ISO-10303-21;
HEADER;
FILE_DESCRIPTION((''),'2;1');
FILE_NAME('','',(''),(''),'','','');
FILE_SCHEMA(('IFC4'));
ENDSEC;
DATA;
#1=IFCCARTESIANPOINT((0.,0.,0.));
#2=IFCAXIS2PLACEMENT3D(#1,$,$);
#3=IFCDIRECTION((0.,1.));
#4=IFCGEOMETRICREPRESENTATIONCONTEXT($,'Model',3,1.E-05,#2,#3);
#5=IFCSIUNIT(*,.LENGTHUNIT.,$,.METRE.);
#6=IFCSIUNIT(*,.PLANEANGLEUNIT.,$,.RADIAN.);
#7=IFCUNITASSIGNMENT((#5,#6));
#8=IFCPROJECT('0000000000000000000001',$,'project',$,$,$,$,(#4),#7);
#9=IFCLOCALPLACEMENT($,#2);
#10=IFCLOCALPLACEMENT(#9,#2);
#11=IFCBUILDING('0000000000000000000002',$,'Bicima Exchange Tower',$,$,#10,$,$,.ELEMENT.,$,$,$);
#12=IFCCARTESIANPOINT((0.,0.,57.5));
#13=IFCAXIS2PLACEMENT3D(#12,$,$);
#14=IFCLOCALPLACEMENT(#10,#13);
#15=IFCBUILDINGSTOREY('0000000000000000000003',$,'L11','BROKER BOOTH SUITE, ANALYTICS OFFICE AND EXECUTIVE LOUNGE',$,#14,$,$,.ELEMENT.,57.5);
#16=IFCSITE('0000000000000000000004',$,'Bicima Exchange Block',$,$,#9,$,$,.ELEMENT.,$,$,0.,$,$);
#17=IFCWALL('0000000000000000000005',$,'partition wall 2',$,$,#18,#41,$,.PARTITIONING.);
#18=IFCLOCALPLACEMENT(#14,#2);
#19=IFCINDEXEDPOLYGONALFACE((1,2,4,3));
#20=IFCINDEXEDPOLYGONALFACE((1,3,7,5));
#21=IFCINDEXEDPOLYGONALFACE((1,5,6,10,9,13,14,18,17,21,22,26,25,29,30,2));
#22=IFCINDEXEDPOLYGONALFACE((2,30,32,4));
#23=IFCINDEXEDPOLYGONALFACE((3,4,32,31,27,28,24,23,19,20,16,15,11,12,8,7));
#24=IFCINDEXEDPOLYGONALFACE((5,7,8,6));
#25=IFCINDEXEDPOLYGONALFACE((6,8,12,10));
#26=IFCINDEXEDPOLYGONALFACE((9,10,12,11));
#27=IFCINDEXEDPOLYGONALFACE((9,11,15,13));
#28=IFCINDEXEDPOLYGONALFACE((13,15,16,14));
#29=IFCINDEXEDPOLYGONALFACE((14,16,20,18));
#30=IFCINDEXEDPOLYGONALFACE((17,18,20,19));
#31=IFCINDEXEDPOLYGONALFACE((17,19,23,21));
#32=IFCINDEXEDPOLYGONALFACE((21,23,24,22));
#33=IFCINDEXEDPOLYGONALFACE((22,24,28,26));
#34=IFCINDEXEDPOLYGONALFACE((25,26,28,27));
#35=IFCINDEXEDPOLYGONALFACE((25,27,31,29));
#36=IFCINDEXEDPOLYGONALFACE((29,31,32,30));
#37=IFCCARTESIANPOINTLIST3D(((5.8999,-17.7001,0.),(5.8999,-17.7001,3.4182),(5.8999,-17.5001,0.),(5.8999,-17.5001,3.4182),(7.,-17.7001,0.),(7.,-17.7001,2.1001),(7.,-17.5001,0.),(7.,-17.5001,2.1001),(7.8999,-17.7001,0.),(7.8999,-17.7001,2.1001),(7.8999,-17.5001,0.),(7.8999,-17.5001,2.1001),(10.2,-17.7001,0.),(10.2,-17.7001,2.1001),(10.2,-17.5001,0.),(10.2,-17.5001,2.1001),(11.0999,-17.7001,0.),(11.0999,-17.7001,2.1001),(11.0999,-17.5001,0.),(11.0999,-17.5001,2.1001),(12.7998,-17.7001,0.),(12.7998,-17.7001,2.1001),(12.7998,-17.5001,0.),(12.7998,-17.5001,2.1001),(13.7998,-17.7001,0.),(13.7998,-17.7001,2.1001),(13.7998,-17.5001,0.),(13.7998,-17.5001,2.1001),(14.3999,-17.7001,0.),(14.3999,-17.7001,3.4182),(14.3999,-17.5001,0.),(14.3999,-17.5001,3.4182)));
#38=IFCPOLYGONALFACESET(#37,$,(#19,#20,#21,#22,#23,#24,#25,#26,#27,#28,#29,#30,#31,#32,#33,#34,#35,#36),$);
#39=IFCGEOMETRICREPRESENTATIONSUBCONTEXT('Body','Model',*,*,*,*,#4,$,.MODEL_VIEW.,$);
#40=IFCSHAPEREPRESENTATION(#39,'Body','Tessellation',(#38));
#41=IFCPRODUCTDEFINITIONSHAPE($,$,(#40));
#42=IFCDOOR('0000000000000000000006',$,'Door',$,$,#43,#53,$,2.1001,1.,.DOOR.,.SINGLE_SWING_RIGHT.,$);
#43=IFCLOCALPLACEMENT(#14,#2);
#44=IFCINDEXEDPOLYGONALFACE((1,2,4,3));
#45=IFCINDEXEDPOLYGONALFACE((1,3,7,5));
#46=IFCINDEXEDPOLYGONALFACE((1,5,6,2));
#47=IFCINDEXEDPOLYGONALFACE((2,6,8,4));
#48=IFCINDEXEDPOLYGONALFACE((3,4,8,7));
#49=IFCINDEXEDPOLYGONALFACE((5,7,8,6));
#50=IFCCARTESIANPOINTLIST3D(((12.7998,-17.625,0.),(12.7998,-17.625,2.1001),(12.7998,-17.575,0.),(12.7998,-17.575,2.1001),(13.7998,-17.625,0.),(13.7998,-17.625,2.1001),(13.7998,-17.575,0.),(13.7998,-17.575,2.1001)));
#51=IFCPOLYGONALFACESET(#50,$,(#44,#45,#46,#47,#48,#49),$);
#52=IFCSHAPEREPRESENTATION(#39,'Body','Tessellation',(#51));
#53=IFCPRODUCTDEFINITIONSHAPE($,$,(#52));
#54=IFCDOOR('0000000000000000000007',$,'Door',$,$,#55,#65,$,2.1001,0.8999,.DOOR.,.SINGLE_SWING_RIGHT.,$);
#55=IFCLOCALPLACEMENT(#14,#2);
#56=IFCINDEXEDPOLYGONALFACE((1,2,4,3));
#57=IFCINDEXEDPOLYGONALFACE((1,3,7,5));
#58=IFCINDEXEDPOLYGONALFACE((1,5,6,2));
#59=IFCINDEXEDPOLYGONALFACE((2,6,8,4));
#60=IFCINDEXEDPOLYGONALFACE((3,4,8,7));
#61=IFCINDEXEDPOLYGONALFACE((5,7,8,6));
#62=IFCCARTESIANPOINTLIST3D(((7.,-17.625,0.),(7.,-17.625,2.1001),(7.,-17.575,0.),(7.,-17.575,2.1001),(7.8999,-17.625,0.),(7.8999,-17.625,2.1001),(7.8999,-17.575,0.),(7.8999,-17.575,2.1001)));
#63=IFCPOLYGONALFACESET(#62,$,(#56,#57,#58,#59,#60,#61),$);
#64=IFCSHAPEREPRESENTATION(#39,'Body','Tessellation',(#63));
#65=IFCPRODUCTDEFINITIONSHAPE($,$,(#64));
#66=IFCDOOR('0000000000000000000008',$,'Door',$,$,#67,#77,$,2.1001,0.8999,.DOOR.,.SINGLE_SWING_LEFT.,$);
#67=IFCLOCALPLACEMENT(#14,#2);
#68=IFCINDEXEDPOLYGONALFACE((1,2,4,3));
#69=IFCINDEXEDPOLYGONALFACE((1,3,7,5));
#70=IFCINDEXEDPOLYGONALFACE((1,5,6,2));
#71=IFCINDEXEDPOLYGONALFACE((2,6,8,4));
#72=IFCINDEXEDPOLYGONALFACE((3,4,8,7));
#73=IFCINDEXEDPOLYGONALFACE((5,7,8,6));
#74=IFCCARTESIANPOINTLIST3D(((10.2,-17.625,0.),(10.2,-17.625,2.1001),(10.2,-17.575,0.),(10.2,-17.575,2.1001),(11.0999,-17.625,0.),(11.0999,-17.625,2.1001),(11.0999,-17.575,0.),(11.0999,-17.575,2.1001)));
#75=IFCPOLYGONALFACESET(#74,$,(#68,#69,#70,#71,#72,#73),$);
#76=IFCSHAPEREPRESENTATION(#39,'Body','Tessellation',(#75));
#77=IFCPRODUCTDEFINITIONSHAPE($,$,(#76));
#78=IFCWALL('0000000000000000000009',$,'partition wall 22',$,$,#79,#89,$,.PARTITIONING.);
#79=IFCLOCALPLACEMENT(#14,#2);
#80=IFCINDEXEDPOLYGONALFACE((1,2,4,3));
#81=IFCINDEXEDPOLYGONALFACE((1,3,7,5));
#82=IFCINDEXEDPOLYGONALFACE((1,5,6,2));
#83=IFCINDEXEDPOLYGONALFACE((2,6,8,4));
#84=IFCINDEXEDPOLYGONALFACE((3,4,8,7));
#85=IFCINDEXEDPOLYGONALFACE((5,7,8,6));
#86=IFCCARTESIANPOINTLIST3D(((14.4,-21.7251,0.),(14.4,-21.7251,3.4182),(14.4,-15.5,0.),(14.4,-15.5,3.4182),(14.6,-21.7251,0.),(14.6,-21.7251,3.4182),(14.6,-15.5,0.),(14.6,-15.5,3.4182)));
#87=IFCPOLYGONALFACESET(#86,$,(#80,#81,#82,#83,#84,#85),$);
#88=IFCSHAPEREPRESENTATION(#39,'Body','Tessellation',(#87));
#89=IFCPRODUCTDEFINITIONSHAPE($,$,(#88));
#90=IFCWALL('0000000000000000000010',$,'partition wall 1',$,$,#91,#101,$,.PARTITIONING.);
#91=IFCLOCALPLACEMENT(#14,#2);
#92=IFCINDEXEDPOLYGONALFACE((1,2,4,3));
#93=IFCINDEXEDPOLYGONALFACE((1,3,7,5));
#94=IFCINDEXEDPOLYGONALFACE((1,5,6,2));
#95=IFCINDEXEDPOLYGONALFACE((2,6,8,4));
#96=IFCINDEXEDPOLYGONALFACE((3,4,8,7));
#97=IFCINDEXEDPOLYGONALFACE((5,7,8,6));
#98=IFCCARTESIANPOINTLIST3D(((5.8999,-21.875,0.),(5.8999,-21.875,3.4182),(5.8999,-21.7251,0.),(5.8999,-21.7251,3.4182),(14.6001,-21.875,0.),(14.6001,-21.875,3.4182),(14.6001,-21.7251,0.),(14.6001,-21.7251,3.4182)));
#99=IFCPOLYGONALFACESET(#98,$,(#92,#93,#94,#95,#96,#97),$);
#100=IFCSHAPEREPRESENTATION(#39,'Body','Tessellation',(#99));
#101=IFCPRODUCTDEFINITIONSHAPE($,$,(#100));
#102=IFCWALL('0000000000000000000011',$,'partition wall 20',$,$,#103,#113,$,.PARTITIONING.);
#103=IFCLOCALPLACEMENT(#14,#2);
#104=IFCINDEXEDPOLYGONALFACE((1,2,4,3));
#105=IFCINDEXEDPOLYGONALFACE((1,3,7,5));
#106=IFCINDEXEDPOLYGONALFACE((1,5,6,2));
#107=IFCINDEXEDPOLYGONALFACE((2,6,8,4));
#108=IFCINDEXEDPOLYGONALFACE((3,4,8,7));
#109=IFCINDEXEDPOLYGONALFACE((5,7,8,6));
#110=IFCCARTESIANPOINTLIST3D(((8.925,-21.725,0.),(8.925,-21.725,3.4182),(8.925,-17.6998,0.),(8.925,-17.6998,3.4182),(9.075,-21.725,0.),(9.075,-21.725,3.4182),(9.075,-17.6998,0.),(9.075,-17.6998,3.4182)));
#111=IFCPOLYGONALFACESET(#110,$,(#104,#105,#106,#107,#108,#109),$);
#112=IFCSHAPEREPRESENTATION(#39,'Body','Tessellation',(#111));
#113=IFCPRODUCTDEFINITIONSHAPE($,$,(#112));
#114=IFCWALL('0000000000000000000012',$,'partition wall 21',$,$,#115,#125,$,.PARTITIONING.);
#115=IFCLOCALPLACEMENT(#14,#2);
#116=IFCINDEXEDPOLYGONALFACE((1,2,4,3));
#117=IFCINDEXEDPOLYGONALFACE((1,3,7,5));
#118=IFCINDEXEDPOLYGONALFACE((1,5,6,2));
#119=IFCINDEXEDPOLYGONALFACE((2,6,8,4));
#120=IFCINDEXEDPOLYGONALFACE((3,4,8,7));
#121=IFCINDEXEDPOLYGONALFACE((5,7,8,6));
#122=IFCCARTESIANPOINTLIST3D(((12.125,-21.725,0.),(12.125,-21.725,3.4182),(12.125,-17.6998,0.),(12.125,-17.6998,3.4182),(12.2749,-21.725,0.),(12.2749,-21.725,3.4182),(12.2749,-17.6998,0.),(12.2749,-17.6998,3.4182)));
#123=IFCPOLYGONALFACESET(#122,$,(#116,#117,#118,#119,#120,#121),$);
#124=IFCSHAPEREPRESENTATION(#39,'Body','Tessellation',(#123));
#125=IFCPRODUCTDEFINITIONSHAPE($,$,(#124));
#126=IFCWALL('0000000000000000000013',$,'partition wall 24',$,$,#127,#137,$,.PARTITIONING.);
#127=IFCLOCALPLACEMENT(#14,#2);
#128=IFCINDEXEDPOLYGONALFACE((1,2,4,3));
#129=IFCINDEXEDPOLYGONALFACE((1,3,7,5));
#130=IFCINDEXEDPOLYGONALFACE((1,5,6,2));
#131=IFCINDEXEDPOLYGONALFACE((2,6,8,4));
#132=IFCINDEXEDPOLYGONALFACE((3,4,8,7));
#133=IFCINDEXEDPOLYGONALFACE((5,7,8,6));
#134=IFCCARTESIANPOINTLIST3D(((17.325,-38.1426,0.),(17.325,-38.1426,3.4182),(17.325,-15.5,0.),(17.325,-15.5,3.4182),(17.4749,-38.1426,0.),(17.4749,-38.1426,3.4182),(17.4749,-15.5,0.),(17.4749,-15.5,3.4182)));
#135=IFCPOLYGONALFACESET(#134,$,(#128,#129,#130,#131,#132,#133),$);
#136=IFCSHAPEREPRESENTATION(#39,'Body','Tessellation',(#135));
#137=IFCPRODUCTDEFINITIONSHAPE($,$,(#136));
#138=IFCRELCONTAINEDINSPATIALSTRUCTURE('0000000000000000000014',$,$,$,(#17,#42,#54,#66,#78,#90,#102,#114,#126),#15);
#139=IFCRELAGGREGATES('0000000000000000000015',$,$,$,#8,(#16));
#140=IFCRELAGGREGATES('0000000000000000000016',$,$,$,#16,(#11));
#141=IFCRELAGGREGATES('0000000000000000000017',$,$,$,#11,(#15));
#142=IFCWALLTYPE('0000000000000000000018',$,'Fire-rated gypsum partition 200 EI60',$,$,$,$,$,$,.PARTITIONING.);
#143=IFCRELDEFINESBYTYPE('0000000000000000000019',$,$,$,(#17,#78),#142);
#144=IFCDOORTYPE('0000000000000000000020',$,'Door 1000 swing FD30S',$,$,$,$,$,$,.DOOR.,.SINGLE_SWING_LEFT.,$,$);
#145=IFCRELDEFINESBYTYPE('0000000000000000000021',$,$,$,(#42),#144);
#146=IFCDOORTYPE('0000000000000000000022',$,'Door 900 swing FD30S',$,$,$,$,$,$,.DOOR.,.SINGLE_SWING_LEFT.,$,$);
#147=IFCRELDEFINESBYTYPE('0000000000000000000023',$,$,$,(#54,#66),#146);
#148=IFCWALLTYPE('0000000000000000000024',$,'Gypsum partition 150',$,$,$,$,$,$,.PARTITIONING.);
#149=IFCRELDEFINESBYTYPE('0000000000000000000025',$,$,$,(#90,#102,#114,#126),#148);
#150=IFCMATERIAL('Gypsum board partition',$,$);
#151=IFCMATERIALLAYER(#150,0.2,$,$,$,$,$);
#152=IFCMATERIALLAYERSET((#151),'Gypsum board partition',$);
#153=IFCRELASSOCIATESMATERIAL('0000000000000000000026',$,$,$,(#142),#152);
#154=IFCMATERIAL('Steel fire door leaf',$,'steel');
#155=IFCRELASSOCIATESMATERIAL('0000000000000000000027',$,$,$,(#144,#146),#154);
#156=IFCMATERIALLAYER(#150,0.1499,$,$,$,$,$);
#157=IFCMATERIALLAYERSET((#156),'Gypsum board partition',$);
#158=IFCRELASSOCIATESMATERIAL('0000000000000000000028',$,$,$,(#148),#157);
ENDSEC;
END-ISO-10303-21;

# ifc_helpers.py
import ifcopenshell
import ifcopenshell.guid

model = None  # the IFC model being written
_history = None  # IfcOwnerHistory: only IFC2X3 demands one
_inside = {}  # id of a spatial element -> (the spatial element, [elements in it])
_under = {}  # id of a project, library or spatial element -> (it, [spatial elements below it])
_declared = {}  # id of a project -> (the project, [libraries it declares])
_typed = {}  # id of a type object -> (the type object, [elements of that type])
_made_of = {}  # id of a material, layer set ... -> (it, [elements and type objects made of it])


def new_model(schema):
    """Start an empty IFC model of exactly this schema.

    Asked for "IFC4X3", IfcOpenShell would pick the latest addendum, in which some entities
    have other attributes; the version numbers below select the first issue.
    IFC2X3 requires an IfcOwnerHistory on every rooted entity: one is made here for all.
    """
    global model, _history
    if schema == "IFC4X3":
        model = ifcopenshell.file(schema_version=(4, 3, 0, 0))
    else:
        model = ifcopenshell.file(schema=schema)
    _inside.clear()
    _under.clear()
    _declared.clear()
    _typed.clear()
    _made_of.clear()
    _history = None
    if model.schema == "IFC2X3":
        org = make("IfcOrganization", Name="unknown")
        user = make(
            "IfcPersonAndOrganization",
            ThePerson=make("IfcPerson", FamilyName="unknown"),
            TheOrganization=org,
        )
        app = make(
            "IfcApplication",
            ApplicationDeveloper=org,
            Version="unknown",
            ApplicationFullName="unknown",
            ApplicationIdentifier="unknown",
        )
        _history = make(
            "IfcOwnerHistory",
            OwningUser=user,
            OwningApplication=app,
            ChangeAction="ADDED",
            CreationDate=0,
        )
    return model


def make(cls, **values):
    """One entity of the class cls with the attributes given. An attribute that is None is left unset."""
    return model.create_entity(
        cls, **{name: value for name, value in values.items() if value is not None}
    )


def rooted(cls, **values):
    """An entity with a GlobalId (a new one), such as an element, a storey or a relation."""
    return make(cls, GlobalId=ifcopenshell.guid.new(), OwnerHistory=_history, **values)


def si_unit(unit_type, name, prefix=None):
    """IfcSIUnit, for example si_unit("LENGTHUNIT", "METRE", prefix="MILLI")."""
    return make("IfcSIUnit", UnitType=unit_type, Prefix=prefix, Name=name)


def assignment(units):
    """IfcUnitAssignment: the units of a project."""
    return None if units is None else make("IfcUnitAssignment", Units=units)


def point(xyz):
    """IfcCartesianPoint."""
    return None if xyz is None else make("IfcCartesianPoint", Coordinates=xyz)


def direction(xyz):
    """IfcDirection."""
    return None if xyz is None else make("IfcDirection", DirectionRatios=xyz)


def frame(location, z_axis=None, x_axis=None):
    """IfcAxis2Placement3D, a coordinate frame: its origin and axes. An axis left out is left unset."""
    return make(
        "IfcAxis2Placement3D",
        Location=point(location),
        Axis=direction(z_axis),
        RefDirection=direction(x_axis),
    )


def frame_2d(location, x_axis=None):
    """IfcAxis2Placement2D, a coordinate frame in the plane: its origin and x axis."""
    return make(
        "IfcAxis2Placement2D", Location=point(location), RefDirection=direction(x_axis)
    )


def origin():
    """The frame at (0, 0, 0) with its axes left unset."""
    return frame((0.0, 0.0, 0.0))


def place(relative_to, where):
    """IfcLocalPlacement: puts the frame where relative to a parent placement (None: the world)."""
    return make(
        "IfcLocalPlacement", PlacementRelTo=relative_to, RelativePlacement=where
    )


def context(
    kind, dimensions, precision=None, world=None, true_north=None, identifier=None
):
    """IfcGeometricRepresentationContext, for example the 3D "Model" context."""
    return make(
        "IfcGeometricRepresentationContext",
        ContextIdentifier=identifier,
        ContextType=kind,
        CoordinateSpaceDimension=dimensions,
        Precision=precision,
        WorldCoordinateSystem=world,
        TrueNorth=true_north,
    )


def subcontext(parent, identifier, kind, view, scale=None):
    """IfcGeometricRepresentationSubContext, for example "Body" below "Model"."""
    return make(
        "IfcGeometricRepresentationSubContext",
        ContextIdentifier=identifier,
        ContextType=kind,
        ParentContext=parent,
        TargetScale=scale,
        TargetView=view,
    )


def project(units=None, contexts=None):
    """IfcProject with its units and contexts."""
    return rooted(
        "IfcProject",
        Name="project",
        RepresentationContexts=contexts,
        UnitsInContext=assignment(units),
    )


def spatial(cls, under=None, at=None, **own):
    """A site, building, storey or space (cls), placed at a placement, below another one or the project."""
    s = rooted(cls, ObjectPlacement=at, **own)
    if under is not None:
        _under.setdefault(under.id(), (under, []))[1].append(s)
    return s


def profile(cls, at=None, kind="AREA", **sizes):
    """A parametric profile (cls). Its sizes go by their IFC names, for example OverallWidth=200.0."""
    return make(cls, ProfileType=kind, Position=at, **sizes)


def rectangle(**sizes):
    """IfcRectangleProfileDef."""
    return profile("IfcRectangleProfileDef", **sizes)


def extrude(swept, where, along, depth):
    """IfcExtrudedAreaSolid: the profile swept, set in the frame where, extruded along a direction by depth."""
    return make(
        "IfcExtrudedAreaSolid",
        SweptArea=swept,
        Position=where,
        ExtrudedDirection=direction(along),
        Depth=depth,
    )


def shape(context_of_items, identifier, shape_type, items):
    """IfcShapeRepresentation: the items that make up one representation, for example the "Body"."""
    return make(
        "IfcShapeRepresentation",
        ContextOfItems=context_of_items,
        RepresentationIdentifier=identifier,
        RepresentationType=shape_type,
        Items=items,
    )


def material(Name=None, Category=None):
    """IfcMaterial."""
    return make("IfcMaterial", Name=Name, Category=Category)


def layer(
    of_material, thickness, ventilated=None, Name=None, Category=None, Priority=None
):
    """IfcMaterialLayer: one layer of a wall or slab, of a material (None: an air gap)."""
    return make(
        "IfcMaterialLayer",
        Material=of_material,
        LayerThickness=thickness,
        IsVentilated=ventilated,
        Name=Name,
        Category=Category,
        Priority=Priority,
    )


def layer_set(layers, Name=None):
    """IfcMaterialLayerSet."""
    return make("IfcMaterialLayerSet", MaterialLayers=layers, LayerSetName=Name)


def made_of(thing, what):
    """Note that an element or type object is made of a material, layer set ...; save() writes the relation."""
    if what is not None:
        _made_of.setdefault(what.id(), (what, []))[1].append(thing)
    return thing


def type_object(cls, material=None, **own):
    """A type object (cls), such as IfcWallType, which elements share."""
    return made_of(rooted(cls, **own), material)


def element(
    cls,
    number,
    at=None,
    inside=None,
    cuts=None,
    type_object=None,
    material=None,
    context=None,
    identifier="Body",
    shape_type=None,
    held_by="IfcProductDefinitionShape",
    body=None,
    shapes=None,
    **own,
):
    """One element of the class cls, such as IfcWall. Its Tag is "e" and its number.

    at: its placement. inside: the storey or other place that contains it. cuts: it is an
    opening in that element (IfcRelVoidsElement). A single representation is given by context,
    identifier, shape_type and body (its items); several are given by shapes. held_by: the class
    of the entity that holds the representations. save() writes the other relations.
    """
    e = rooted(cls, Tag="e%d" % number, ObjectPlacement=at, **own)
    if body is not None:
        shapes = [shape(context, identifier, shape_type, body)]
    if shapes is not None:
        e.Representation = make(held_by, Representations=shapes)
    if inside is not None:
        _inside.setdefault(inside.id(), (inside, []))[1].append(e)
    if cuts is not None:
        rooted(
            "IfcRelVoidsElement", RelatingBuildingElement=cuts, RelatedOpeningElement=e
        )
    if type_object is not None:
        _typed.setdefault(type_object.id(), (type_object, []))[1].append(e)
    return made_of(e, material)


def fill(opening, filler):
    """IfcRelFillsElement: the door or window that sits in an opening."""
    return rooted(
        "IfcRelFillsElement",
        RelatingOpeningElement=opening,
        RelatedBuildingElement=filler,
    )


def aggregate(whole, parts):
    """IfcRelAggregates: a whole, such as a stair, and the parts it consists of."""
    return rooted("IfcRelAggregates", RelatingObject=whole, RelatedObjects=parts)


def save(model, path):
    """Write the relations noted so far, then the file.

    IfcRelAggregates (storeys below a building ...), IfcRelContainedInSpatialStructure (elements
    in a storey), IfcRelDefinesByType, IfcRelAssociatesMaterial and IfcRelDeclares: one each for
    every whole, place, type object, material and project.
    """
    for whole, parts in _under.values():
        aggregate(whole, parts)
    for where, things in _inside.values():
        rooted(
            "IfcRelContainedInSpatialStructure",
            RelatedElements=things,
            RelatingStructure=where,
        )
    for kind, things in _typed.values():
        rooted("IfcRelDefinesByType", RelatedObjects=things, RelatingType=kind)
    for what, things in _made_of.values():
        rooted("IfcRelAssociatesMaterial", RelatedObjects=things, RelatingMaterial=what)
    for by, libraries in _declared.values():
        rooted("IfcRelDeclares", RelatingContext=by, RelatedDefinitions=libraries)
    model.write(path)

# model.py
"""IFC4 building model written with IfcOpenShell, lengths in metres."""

from ifc_helpers import new_model, si_unit, direction, frame, frame_2d, origin, place, context, subcontext, project, spatial, rectangle, extrude, material, layer, layer_set, type_object, element, fill, save


model = new_model("IFC4")

# Units and contexts
model_context = context("Model", 3, precision=1e-05, world=origin(), true_north=direction((0.0, 1.0)))
body_context = subcontext(model_context, "Body", "Model", "MODEL_VIEW")
ifc_project = project(units=[si_unit("LENGTHUNIT", "METRE"), si_unit("PLANEANGLEUNIT", "RADIAN")], contexts=[model_context])

# Site, building, storey
site_placement = place(None, origin())
site = spatial("IfcSite", under=ifc_project, at=site_placement, Name="Bicima Exchange Block", CompositionType="ELEMENT", RefElevation=0.0)
building_placement = place(site_placement, origin())
building = spatial("IfcBuilding", under=site, at=building_placement, Name="Bicima Exchange Tower", CompositionType="ELEMENT")
storey_placement = place(building_placement, frame((0.0, 0.0, 57.5)))
storey = spatial("IfcBuildingStorey", under=building, at=storey_placement, Name="L11", Description="BROKER BOOTH SUITE, ANALYTICS OFFICE AND EXECUTIVE LOUNGE", CompositionType="ELEMENT", Elevation=57.5)

# Wall, openings, doors
ifc_material_1 = material(Name="Gypsum board partition")
ifc_layer_1 = layer(ifc_material_1, 0.2)
ifc_layer_set_1 = layer_set([ifc_layer_1], Name="Gypsum board partition")
wall_type_1 = type_object("IfcWallType", Name="Fire-rated gypsum partition 200 EI60", PredefinedType="PARTITIONING", material=ifc_layer_set_1)
wall_1_placement = place(storey_placement, frame((5.8999, -17.6001, 0.0), z_axis=(0.0, 0.0, 1.0), x_axis=(1.0, 0.0, 0.0)))
wall_1 = element("IfcWall", 1, at=wall_1_placement, inside=storey, type_object=wall_type_1, Name="partition wall 2", PredefinedType="PARTITIONING", context=body_context, shape_type="SweptSolid", body=[
    extrude(rectangle(XDim=8.5, YDim=0.2, at=frame_2d((4.25, 0.0))), origin(), (0.0, 0.0, 1.0), 3.4182),
])
opening_1_placement = place(wall_1_placement, frame((1.1001, 0.0, 0.0)))
opening_1 = element("IfcOpeningElement", 2, at=opening_1_placement, cuts=wall_1, PredefinedType="OPENING", context=body_context, shape_type="SweptSolid", body=[
    extrude(rectangle(XDim=0.8999, YDim=2.1001, at=frame_2d((0.45, 1.05))), frame((0.0, 0.1118, 0.0), z_axis=(0.0, -1.0, 0.0), x_axis=(1.0, 0.0, 0.0)), (0.0, 0.0, 1.0), 0.2239),
])
opening_2_placement = place(wall_1_placement, frame((4.3, 0.0, 0.0)))
opening_2 = element("IfcOpeningElement", 3, at=opening_2_placement, cuts=wall_1, PredefinedType="OPENING", context=body_context, shape_type="SweptSolid", body=[
    extrude(rectangle(XDim=0.8999, YDim=2.1001, at=frame_2d((0.45, 1.05))), frame((0.0, 0.1118, 0.0), z_axis=(0.0, -1.0, 0.0), x_axis=(1.0, 0.0, 0.0)), (0.0, 0.0, 1.0), 0.2239),
])
opening_3_placement = place(wall_1_placement, frame((6.8999, 0.0, 0.0)))
opening_3 = element("IfcOpeningElement", 4, at=opening_3_placement, cuts=wall_1, PredefinedType="OPENING", context=body_context, shape_type="SweptSolid", body=[
    extrude(rectangle(XDim=1.0, YDim=2.1001, at=frame_2d((0.5, 1.05))), frame((0.0, 0.1118, 0.0), z_axis=(0.0, -1.0, 0.0), x_axis=(1.0, 0.0, 0.0)), (0.0, 0.0, 1.0), 0.2239),
])
ifc_material_2 = material(Name="Steel fire door leaf", Category="steel")
door_type_1 = type_object("IfcDoorType", Name="Door 1000 swing FD30S", OperationType="SINGLE_SWING_LEFT", PredefinedType="DOOR", material=ifc_material_2)
door_1_placement = place(opening_3_placement, frame((1.0, 0.0, 0.0), z_axis=(0.0, 0.0, 1.0), x_axis=(-1.0, 0.0, 0.0)))
door_1 = element("IfcDoor", 5, at=door_1_placement, inside=storey, type_object=door_type_1, Name="Door", OperationType="SINGLE_SWING_RIGHT", OverallHeight=2.1001, OverallWidth=1.0, PredefinedType="DOOR", context=body_context, shape_type="SweptSolid", body=[
    extrude(rectangle(XDim=1.0, YDim=2.1001, at=frame_2d((0.5, 1.05))), frame((0.0, 0.0249, 0.0), z_axis=(0.0, -1.0, 0.0), x_axis=(1.0, 0.0, 0.0)), (0.0, 0.0, 1.0), 0.05),
])
fill(opening_3, door_1)
door_type_2 = type_object("IfcDoorType", Name="Door 900 swing FD30S", OperationType="SINGLE_SWING_LEFT", PredefinedType="DOOR", material=ifc_material_2)
door_2_placement = place(opening_1_placement, frame((0.8999, 0.0, 0.0), z_axis=(0.0, 0.0, 1.0), x_axis=(-1.0, 0.0, 0.0)))
door_2 = element("IfcDoor", 6, at=door_2_placement, inside=storey, type_object=door_type_2, Name="Door", OperationType="SINGLE_SWING_RIGHT", OverallHeight=2.1001, OverallWidth=0.8999, PredefinedType="DOOR", context=body_context, shape_type="SweptSolid", body=[
    extrude(rectangle(XDim=0.8999, YDim=2.1001, at=frame_2d((0.45, 1.05))), frame((0.0, 0.0249, 0.0), z_axis=(0.0, -1.0, 0.0), x_axis=(1.0, 0.0, 0.0)), (0.0, 0.0, 1.0), 0.05),
])
fill(opening_1, door_2)
door_3_placement = place(opening_2_placement, frame((0.8999, 0.0, 0.0), z_axis=(0.0, 0.0, 1.0), x_axis=(-1.0, 0.0, 0.0)))
door_3 = element("IfcDoor", 7, at=door_3_placement, inside=storey, type_object=door_type_2, Name="Door", OperationType="SINGLE_SWING_LEFT", OverallHeight=2.1001, OverallWidth=0.8999, PredefinedType="DOOR", context=body_context, shape_type="SweptSolid", body=[
    extrude(rectangle(XDim=0.8999, YDim=2.1001, at=frame_2d((0.45, 1.05))), frame((0.0, 0.0249, 0.0), z_axis=(0.0, -1.0, 0.0), x_axis=(1.0, 0.0, 0.0)), (0.0, 0.0, 1.0), 0.05),
])
fill(opening_2, door_3)

# Walls
wall_2_placement = place(storey_placement, frame((14.5, -21.7251, 0.0), z_axis=(0.0, 0.0, 1.0), x_axis=(0.0, 1.0, 0.0)))
element("IfcWall", 8, at=wall_2_placement, inside=storey, type_object=wall_type_1, Name="partition wall 22", PredefinedType="PARTITIONING", context=body_context, shape_type="SweptSolid", body=[
    extrude(rectangle(XDim=6.2251, YDim=0.2, at=frame_2d((3.1125, 0.0))), origin(), (0.0, 0.0, 1.0), 3.4182),
])
ifc_layer_2 = layer(ifc_material_1, 0.1499)
ifc_layer_set_2 = layer_set([ifc_layer_2], Name="Gypsum board partition")
wall_type_2 = type_object("IfcWallType", Name="Gypsum partition 150", PredefinedType="PARTITIONING", material=ifc_layer_set_2)
wall_3_placement = place(storey_placement, frame((5.8999, -21.8, 0.0), z_axis=(0.0, 0.0, 1.0), x_axis=(1.0, 0.0, 0.0)))
element("IfcWall", 9, at=wall_3_placement, inside=storey, type_object=wall_type_2, Name="partition wall 1", PredefinedType="PARTITIONING", context=body_context, shape_type="SweptSolid", body=[
    extrude(rectangle(XDim=8.7002, YDim=0.1499, at=frame_2d((4.3501, 0.0))), origin(), (0.0, 0.0, 1.0), 3.4182),
])
for number, where, z_axis, x_axis, name in (
    (10, (9.0, -21.7251, 0.0), (0.0, 0.0, 1.0), (0.0, 1.0, 0.0), "partition wall 20"),
    (11, (12.2, -21.7251, 0.0), (0.0, 0.0, 1.0), (0.0, 1.0, 0.0), "partition wall 21"),
):
    element("IfcWall", number, at=place(storey_placement, frame(where, z_axis=z_axis, x_axis=x_axis)), inside=storey, type_object=wall_type_2, Name=name, PredefinedType="PARTITIONING", context=body_context, shape_type="SweptSolid", body=[
        extrude(rectangle(XDim=4.0251, YDim=0.1499, at=frame_2d((2.0127, 0.0))), origin(), (0.0, 0.0, 1.0), 3.4182),
    ])
wall_4_placement = place(storey_placement, frame((17.3999, -38.1426, 0.0), z_axis=(0.0, 0.0, 1.0), x_axis=(0.0, 1.0, 0.0)))
element("IfcWall", 12, at=wall_4_placement, inside=storey, type_object=wall_type_2, Name="partition wall 24", PredefinedType="PARTITIONING", context=body_context, shape_type="SweptSolid", body=[
    extrude(rectangle(XDim=22.6426, YDim=0.1499, at=frame_2d((11.3213, 0.0))), origin(), (0.0, 0.0, 1.0), 3.4182),
])

save(model, "model.ifc")
